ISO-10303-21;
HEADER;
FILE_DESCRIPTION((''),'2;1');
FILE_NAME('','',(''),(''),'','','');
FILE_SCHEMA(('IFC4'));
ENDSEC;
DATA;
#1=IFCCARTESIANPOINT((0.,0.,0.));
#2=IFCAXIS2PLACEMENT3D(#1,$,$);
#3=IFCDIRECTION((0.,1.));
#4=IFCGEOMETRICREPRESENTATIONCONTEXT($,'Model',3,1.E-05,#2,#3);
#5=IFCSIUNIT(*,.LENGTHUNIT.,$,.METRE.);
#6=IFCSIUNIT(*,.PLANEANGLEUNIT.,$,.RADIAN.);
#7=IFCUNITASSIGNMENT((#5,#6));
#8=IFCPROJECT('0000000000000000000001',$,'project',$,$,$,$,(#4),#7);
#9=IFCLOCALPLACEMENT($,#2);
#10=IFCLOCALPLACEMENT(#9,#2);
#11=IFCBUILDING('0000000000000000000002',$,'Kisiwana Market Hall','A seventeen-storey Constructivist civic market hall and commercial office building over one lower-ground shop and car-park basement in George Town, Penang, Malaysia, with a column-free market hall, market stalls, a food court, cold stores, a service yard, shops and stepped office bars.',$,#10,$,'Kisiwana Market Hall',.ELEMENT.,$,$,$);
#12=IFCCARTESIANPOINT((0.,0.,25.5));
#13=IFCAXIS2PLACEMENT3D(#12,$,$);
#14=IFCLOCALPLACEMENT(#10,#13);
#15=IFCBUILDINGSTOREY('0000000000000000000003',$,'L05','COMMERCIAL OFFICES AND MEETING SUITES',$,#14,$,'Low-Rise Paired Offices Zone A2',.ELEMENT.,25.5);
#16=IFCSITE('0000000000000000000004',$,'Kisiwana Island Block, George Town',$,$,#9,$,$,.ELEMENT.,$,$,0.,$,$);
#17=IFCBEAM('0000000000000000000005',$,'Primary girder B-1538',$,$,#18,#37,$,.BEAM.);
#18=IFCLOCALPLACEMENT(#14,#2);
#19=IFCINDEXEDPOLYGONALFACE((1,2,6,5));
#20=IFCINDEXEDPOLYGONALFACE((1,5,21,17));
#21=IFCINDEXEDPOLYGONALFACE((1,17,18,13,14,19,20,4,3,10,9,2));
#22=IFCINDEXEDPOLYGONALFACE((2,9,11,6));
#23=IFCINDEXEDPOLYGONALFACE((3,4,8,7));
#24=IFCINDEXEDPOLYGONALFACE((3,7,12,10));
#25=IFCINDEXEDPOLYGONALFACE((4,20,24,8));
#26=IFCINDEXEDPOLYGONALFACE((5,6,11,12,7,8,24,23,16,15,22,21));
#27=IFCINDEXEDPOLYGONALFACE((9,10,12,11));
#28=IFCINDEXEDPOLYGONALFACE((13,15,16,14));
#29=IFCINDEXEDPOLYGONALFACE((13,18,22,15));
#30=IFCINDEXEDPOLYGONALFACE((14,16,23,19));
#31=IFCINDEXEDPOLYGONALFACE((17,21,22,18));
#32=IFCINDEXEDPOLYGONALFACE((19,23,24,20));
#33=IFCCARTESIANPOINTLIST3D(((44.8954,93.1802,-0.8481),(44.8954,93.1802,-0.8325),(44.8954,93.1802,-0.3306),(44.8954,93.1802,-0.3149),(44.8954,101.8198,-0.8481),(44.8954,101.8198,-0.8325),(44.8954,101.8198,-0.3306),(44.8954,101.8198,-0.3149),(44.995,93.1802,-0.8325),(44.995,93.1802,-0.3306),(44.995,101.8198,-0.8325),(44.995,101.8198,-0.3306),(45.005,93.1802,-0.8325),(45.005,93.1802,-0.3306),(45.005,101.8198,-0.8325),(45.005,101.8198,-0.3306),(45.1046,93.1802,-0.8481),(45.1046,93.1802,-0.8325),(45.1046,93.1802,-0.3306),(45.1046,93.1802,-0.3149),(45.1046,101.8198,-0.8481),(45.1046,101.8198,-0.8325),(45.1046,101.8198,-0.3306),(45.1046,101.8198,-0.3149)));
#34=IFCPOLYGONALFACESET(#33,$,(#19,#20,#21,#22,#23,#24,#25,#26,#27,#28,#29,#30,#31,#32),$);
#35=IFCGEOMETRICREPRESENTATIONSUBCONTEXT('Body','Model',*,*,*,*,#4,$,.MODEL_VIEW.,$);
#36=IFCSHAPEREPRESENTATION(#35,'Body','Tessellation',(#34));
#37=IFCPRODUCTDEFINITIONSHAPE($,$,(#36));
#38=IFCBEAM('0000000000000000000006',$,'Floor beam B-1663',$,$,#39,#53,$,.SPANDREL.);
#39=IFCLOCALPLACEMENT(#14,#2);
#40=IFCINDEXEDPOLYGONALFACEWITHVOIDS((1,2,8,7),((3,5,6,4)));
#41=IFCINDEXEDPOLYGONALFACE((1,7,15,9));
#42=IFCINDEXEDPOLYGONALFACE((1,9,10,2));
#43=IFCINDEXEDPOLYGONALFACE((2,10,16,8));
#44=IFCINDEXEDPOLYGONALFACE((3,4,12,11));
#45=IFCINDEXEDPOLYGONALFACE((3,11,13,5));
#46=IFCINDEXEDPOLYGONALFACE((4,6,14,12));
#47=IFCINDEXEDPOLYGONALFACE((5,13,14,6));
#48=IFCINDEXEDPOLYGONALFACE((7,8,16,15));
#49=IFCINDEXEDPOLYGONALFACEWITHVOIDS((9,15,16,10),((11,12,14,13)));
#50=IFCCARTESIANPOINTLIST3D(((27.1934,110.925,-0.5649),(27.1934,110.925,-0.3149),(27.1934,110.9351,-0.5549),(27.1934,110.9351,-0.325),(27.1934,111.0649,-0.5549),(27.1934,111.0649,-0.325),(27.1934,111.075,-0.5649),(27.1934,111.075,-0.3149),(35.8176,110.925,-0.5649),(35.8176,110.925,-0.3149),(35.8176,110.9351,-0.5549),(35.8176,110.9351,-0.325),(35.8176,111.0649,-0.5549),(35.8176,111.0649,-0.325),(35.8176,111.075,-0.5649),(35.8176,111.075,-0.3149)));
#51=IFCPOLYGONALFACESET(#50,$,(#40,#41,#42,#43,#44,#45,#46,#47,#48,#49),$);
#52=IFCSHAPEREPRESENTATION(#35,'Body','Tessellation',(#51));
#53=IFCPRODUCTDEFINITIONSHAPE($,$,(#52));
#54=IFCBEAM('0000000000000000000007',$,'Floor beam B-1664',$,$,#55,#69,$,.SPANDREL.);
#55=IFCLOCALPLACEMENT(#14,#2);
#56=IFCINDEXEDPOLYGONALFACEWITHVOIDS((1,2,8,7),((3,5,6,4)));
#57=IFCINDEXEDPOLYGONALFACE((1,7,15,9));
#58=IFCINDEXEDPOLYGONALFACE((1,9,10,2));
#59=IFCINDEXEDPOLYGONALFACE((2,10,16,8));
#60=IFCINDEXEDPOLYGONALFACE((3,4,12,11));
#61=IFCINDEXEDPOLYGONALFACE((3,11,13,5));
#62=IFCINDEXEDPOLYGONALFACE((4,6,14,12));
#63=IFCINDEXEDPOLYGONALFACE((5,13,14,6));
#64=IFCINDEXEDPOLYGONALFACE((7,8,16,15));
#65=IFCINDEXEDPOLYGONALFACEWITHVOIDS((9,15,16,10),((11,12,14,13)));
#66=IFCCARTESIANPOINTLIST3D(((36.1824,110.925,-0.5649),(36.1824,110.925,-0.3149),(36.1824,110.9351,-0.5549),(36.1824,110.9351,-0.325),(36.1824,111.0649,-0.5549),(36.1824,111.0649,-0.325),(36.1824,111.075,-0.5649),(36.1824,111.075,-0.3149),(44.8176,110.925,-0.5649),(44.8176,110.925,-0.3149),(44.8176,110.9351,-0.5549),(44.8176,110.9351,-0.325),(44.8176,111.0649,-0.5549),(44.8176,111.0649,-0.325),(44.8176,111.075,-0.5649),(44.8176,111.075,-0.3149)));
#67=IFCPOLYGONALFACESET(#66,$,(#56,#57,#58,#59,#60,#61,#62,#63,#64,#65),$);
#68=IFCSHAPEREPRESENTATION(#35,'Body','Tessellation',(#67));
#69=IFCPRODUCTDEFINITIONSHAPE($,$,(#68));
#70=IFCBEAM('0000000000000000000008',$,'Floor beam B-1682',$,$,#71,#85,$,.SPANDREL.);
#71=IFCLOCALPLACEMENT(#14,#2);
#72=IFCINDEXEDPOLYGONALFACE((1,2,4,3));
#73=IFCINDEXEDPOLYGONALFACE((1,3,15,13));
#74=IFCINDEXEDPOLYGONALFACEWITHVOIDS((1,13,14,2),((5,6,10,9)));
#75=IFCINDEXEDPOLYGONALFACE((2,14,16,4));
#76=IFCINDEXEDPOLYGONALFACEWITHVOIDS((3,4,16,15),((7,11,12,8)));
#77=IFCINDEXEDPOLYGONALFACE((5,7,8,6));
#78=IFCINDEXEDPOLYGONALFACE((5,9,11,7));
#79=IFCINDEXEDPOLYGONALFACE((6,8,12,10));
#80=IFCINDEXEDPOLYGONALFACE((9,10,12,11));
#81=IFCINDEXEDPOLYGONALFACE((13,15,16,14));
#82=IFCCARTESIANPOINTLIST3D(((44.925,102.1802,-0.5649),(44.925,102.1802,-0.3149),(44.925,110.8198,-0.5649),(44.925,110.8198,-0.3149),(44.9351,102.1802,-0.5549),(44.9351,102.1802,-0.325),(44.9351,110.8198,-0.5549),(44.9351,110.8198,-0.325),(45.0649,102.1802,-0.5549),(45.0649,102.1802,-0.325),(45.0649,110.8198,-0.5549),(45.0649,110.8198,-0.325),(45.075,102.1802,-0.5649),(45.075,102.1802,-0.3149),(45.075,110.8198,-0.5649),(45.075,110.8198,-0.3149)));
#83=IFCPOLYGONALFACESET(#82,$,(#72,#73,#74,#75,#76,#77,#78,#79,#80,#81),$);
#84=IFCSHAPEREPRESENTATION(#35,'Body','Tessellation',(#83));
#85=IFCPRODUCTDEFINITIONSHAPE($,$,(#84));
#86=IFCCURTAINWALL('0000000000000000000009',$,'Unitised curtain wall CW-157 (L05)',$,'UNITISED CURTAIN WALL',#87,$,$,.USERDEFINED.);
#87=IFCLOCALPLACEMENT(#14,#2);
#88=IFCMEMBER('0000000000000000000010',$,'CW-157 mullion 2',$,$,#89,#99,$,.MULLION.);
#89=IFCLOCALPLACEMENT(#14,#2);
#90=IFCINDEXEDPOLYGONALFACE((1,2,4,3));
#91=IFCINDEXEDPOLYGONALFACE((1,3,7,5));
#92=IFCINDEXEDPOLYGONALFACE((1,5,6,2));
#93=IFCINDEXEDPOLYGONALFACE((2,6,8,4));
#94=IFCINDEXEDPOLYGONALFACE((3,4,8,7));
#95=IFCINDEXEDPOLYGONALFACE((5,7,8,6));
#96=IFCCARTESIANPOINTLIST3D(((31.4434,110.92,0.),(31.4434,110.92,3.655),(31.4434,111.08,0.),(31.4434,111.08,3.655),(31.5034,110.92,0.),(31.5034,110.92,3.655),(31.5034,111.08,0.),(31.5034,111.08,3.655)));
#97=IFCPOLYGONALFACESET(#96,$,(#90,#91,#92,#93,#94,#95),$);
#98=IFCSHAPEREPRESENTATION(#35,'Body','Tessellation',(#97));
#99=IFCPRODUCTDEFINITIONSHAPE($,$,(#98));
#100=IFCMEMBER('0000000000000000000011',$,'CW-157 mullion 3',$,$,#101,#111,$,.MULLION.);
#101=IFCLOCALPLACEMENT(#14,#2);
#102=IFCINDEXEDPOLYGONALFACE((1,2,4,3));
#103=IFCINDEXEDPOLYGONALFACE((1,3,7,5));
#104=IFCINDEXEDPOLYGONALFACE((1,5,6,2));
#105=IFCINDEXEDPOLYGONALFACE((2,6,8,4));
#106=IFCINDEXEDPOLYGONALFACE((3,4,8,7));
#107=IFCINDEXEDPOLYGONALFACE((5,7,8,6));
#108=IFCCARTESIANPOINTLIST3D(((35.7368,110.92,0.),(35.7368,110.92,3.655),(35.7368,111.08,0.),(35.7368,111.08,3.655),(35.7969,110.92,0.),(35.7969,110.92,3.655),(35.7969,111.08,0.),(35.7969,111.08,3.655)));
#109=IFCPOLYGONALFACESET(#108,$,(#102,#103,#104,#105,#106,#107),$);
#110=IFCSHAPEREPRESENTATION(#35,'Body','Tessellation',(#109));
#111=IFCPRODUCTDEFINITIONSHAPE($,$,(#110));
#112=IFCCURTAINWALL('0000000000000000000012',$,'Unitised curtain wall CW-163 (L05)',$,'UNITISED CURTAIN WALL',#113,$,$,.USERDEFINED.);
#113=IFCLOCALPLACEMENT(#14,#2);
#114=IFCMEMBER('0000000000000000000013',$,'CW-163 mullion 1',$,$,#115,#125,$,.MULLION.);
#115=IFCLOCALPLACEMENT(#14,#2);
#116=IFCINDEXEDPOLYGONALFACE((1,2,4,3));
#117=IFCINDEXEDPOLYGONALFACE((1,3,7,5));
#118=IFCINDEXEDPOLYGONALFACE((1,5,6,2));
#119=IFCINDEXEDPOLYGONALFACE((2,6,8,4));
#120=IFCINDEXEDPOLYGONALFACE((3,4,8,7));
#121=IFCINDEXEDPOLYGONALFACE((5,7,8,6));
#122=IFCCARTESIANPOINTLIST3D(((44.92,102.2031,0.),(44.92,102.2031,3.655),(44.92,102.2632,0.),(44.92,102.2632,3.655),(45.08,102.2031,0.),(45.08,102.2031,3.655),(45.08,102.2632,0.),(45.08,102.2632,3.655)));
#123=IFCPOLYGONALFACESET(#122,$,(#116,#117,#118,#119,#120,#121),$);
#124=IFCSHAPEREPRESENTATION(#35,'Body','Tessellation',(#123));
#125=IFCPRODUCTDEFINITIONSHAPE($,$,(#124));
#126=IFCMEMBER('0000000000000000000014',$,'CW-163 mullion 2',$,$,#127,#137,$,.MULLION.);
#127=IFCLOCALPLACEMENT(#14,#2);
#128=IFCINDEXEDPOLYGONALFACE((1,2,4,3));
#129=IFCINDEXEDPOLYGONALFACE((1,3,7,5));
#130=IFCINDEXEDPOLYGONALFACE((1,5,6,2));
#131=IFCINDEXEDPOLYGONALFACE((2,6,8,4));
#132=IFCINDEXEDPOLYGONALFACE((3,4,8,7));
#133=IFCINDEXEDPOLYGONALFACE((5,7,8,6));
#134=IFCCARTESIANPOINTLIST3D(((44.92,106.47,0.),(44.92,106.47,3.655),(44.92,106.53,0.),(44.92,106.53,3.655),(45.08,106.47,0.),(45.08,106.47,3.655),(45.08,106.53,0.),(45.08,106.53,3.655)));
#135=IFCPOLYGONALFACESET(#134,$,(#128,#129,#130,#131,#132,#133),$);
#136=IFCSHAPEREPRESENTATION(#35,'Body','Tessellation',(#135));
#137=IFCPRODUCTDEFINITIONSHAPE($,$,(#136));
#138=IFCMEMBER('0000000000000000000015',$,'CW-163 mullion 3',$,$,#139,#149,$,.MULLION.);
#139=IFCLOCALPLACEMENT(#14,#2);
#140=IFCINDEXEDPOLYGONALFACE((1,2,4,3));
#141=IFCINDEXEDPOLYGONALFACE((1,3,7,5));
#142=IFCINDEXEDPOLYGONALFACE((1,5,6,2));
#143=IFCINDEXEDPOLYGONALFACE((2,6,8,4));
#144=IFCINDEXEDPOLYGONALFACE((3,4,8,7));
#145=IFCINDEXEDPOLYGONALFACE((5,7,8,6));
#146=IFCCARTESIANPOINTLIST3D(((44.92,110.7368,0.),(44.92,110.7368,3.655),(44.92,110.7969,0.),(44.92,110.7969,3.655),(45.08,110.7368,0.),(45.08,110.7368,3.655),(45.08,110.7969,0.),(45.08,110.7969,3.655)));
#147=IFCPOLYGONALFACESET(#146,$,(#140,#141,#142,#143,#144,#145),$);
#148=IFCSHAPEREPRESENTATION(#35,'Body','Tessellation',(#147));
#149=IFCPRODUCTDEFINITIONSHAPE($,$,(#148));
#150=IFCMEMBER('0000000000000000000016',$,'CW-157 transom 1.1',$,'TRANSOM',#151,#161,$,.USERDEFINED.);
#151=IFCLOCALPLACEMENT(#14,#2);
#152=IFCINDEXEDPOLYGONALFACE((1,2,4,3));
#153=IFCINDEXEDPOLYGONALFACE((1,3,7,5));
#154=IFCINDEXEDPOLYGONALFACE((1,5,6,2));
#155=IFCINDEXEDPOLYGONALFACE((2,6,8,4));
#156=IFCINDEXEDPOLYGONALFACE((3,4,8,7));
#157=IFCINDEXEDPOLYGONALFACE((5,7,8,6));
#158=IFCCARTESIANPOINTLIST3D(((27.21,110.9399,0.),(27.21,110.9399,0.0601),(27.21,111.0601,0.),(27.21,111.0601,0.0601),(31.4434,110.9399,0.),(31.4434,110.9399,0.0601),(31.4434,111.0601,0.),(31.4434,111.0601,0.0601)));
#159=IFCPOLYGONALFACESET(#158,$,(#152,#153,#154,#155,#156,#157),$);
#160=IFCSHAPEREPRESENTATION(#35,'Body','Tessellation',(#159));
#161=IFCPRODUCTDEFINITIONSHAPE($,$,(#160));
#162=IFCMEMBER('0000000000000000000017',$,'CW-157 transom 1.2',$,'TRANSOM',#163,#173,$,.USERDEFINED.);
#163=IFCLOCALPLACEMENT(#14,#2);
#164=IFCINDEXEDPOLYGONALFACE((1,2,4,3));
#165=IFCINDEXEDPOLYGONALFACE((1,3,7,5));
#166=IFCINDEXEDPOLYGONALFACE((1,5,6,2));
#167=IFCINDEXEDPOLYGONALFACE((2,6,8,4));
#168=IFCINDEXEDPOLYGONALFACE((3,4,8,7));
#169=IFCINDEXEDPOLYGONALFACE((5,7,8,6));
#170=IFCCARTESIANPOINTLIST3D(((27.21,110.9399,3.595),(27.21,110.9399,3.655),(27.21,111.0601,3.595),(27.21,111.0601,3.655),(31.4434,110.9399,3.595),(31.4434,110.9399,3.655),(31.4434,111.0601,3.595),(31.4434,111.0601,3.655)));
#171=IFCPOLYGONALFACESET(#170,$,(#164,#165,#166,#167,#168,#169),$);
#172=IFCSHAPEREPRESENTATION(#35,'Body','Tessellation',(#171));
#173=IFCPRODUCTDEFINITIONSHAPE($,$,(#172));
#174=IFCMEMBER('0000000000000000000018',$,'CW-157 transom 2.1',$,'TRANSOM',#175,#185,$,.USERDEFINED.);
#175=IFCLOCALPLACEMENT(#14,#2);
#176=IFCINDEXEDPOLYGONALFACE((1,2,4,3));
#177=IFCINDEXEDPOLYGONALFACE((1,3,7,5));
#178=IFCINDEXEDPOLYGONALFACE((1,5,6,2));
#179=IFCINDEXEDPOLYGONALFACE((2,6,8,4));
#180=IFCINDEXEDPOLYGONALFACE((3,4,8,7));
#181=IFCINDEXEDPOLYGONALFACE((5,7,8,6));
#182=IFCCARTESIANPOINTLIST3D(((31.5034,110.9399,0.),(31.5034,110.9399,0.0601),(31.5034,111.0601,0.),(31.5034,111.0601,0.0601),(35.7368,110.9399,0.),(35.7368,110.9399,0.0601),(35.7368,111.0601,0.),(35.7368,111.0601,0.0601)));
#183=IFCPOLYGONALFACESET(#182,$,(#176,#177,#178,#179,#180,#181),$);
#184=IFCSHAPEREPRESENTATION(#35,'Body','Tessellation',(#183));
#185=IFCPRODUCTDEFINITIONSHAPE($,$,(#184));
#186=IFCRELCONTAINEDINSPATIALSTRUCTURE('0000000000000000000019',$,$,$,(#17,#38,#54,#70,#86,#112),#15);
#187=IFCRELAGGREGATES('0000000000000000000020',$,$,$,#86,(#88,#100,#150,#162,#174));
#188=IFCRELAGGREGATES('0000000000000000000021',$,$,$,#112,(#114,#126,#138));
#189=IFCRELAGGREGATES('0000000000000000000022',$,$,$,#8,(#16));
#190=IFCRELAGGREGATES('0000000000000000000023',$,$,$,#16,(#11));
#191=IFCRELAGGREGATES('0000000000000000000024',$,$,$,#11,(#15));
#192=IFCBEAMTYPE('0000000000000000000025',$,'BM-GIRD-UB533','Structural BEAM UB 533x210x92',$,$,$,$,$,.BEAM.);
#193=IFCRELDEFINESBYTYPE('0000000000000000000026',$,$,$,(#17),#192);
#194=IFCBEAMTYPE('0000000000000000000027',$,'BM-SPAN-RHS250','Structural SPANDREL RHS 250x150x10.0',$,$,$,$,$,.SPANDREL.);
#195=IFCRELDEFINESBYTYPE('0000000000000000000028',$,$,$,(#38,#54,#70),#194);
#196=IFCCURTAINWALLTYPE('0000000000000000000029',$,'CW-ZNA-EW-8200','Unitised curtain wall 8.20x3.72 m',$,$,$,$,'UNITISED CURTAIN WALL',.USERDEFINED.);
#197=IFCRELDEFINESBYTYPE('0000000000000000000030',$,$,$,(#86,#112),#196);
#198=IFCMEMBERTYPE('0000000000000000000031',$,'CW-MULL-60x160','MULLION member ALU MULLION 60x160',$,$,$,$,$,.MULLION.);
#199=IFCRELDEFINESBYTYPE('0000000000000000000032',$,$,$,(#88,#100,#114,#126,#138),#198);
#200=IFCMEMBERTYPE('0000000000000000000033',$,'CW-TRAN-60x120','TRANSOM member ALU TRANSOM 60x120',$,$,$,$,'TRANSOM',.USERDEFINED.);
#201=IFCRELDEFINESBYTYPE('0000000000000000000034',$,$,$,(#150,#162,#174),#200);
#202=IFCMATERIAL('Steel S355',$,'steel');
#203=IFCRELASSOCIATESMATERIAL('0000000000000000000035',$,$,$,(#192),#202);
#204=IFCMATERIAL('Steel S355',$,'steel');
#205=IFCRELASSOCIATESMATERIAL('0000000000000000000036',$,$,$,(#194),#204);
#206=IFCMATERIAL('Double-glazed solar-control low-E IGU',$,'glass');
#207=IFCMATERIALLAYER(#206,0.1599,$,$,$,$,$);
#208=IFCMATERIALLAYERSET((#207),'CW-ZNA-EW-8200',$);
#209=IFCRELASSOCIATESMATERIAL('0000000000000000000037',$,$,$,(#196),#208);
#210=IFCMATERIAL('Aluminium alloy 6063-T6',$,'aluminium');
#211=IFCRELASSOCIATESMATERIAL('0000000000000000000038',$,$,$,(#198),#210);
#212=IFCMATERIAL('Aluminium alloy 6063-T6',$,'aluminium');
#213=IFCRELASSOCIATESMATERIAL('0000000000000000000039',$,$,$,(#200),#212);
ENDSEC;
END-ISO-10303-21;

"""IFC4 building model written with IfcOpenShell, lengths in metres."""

from ifc_helpers import new_model, si_unit, direction, frame, origin, origin_2d, place, context, subcontext, project, spatial, rectangle, hollow_rectangle, i_section, extrude, material, layer, layer_set, material_profile, profile_set, type_object, element, aggregate, save


model = new_model("IFC4")

# Units and contexts
model_context = context("Model", 3, precision=1e-05, world=origin(), true_north=direction((0.0, 1.0)))
body_context = subcontext(model_context, "Body", "Model", "MODEL_VIEW")
ifc_project = project(units=[si_unit("LENGTHUNIT", "METRE"), si_unit("PLANEANGLEUNIT", "RADIAN")], contexts=[model_context])

# Site, building, storey
site_placement = place(None, origin())
site = spatial("IfcSite", under=ifc_project, at=site_placement, Name="Kisiwana Island Block, George Town", CompositionType="ELEMENT", RefElevation=0.0)
building_placement = place(site_placement, origin())
building = spatial("IfcBuilding", under=site, at=building_placement, Name="Kisiwana Market Hall", Description="A seventeen-storey Constructivist civic market hall and commercial office building over one lower-ground shop and car-park basement in George Town, Penang, Malaysia, with a column-free market hall, market stalls, a food court, cold stores, a service yard, shops and stepped office bars.", LongName="Kisiwana Market Hall", CompositionType="ELEMENT")
storey_placement = place(building_placement, frame((0.0, 0.0, 25.5)))
storey = spatial("IfcBuildingStorey", under=building, at=storey_placement, Name="L05", Description="COMMERCIAL OFFICES AND MEETING SUITES", LongName="Low-Rise Paired Offices Zone A2", CompositionType="ELEMENT", Elevation=25.5)

# Beams
ifc_material_1 = material(Name="Steel S355", Category="steel")
ifc_material_profile_1 = material_profile(ifc_material_1, i_section(OverallWidth=0.2092, OverallDepth=0.5332, WebThickness=0.01, FlangeThickness=0.0156, at=origin_2d()), Name="UB 533x210x92")
ifc_profile_set_1 = profile_set([ifc_material_profile_1], Name="Steel S355")
beam_type_1 = type_object("IfcBeamType", Name="BM-GIRD-UB533", Description="Structural BEAM UB 533x210x92", PredefinedType="BEAM", material=ifc_profile_set_1)
for number, where, z_axis, x_axis, name in (
    (1, (45.0, 93.1802, -0.5815), (0.0, 1.0, 0.0), (-1.0, 0.0, 0.0), "Primary girder B-1538"),
):
    element("IfcBeam", number, at=place(storey_placement, frame(where, z_axis=z_axis, x_axis=x_axis)), inside=storey, type_object=beam_type_1, Name=name, PredefinedType="BEAM", context=body_context, shape_type="SweptSolid", body=[
        extrude(i_section(OverallWidth=0.2092, OverallDepth=0.5332, WebThickness=0.01, FlangeThickness=0.0156, at=origin_2d()), origin(), (0.0, 0.0, 1.0), 8.6396),
    ])
ifc_material_2 = material(Name="Steel S355", Category="steel")
ifc_material_profile_2 = material_profile(ifc_material_2, hollow_rectangle(XDim=0.1499, YDim=0.25, WallThickness=0.01, at=origin_2d()), Name="RHS 250x150x10.0")
ifc_profile_set_2 = profile_set([ifc_material_profile_2], Name="Steel S355")
beam_type_2 = type_object("IfcBeamType", Name="BM-SPAN-RHS250", Description="Structural SPANDREL RHS 250x150x10.0", PredefinedType="SPANDREL", material=ifc_profile_set_2)
beam_1_placement = place(storey_placement, frame((27.1934, 111.0, -0.4399), z_axis=(1.0, 0.0, 0.0), x_axis=(0.0, 1.0, 0.0)))
element("IfcBeam", 2, at=beam_1_placement, inside=storey, type_object=beam_type_2, Name="Floor beam B-1663", PredefinedType="SPANDREL", context=body_context, shape_type="SweptSolid", body=[
    extrude(hollow_rectangle(XDim=0.1499, YDim=0.25, WallThickness=0.01, at=origin_2d()), origin(), (0.0, 0.0, 1.0), 8.6243),
])
beam_2_placement = place(storey_placement, frame((36.1824, 111.0, -0.4399), z_axis=(1.0, 0.0, 0.0), x_axis=(0.0, 1.0, 0.0)))
element("IfcBeam", 3, at=beam_2_placement, inside=storey, type_object=beam_type_2, Name="Floor beam B-1664", PredefinedType="SPANDREL", context=body_context, shape_type="SweptSolid", body=[
    extrude(hollow_rectangle(XDim=0.1499, YDim=0.25, WallThickness=0.01, at=origin_2d()), origin(), (0.0, 0.0, 1.0), 8.6353),
])
beam_3_placement = place(storey_placement, frame((45.0, 102.1802, -0.4399), z_axis=(0.0, 1.0, 0.0), x_axis=(-1.0, 0.0, 0.0)))
element("IfcBeam", 4, at=beam_3_placement, inside=storey, type_object=beam_type_2, Name="Floor beam B-1682", PredefinedType="SPANDREL", context=body_context, shape_type="SweptSolid", body=[
    extrude(hollow_rectangle(XDim=0.1499, YDim=0.25, WallThickness=0.01, at=origin_2d()), origin(), (0.0, 0.0, 1.0), 8.6396),
])

# Curtain walls, members
ifc_material_3 = material(Name="Double-glazed solar-control low-E IGU", Category="glass")
ifc_layer_1 = layer(ifc_material_3, 0.1599)
ifc_layer_set_1 = layer_set([ifc_layer_1], Name="CW-ZNA-EW-8200")
curtain_wall_type = type_object("IfcCurtainWallType", Name="CW-ZNA-EW-8200", Description="Unitised curtain wall 8.20x3.72 m", ElementType="UNITISED CURTAIN WALL", PredefinedType="USERDEFINED", material=ifc_layer_set_1)
curtain_wall_1_placement = place(storey_placement, origin())
curtain_wall_1 = element("IfcCurtainWall", 5, at=curtain_wall_1_placement, inside=storey, type_object=curtain_wall_type, Name="Unitised curtain wall CW-157 (L05)", ObjectType="UNITISED CURTAIN WALL", PredefinedType="USERDEFINED")
ifc_material_4 = material(Name="Aluminium alloy 6063-T6", Category="aluminium")
ifc_material_profile_3 = material_profile(ifc_material_4, rectangle(XDim=0.0601, YDim=0.1599, at=origin_2d()), Name="ALU MULLION 60x160")
ifc_profile_set_3 = profile_set([ifc_material_profile_3], Name="Aluminium alloy 6063-T6")
member_type_1 = type_object("IfcMemberType", Name="CW-MULL-60x160", Description="MULLION member ALU MULLION 60x160", PredefinedType="MULLION", material=ifc_profile_set_3)
member_1_placement = place(storey_placement, frame((31.4734, 111.0, 0.0), z_axis=(0.0, 0.0, 1.0), x_axis=(1.0, 0.0, 0.0)))
member_1 = element("IfcMember", 6, at=member_1_placement, type_object=member_type_1, Name="CW-157 mullion 2", PredefinedType="MULLION", context=body_context, shape_type="SweptSolid", body=[
    extrude(rectangle(XDim=0.0601, YDim=0.1599, at=origin_2d()), origin(), (0.0, 0.0, 1.0), 3.655),
])
member_2_placement = place(storey_placement, frame((35.7668, 111.0, 0.0), z_axis=(0.0, 0.0, 1.0), x_axis=(1.0, 0.0, 0.0)))
member_2 = element("IfcMember", 7, at=member_2_placement, type_object=member_type_1, Name="CW-157 mullion 3", PredefinedType="MULLION", context=body_context, shape_type="SweptSolid", body=[
    extrude(rectangle(XDim=0.0601, YDim=0.1599, at=origin_2d()), origin(), (0.0, 0.0, 1.0), 3.655),
])
curtain_wall_2_placement = place(storey_placement, origin())
curtain_wall_2 = element("IfcCurtainWall", 8, at=curtain_wall_2_placement, inside=storey, type_object=curtain_wall_type, Name="Unitised curtain wall CW-163 (L05)", ObjectType="UNITISED CURTAIN WALL", PredefinedType="USERDEFINED")
member_3_placement = place(storey_placement, frame((45.0, 102.2332, 0.0), z_axis=(0.0, 0.0, 1.0), x_axis=(0.0, 1.0, 0.0)))
member_3 = element("IfcMember", 9, at=member_3_placement, type_object=member_type_1, Name="CW-163 mullion 1", PredefinedType="MULLION", context=body_context, shape_type="SweptSolid", body=[
    extrude(rectangle(XDim=0.0601, YDim=0.1599, at=origin_2d()), origin(), (0.0, 0.0, 1.0), 3.655),
])
member_4_placement = place(storey_placement, frame((45.0, 106.5, 0.0), z_axis=(0.0, 0.0, 1.0), x_axis=(0.0, 1.0, 0.0)))
member_4 = element("IfcMember", 10, at=member_4_placement, type_object=member_type_1, Name="CW-163 mullion 2", PredefinedType="MULLION", context=body_context, shape_type="SweptSolid", body=[
    extrude(rectangle(XDim=0.0601, YDim=0.1599, at=origin_2d()), origin(), (0.0, 0.0, 1.0), 3.655),
])
member_5_placement = place(storey_placement, frame((45.0, 110.7668, 0.0), z_axis=(0.0, 0.0, 1.0), x_axis=(0.0, 1.0, 0.0)))
member_5 = element("IfcMember", 11, at=member_5_placement, type_object=member_type_1, Name="CW-163 mullion 3", PredefinedType="MULLION", context=body_context, shape_type="SweptSolid", body=[
    extrude(rectangle(XDim=0.0601, YDim=0.1599, at=origin_2d()), origin(), (0.0, 0.0, 1.0), 3.655),
])

# Members
ifc_material_5 = material(Name="Aluminium alloy 6063-T6", Category="aluminium")
ifc_material_profile_4 = material_profile(ifc_material_5, rectangle(XDim=0.1201, YDim=0.0601, at=origin_2d()), Name="ALU TRANSOM 60x120")
ifc_profile_set_4 = profile_set([ifc_material_profile_4], Name="Aluminium alloy 6063-T6")
member_type_2 = type_object("IfcMemberType", Name="CW-TRAN-60x120", Description="TRANSOM member ALU TRANSOM 60x120", ElementType="TRANSOM", PredefinedType="USERDEFINED", material=ifc_profile_set_4)
member_6_placement = place(storey_placement, frame((27.21, 111.0, 0.03), z_axis=(1.0, 0.0, 0.0), x_axis=(0.0, 1.0, 0.0)))
member_6 = element("IfcMember", 12, at=member_6_placement, type_object=member_type_2, Name="CW-157 transom 1.1", ObjectType="TRANSOM", PredefinedType="USERDEFINED", context=body_context, shape_type="SweptSolid", body=[
    extrude(rectangle(XDim=0.1201, YDim=0.0601, at=origin_2d()), origin(), (0.0, 0.0, 1.0), 4.2334),
])
member_7_placement = place(storey_placement, frame((27.21, 111.0, 3.625), z_axis=(1.0, 0.0, 0.0), x_axis=(0.0, 1.0, 0.0)))
member_7 = element("IfcMember", 13, at=member_7_placement, type_object=member_type_2, Name="CW-157 transom 1.2", ObjectType="TRANSOM", PredefinedType="USERDEFINED", context=body_context, shape_type="SweptSolid", body=[
    extrude(rectangle(XDim=0.1201, YDim=0.0601, at=origin_2d()), origin(), (0.0, 0.0, 1.0), 4.2334),
])
member_8_placement = place(storey_placement, frame((31.5034, 111.0, 0.03), z_axis=(1.0, 0.0, 0.0), x_axis=(0.0, 1.0, 0.0)))
member_8 = element("IfcMember", 14, at=member_8_placement, type_object=member_type_2, Name="CW-157 transom 2.1", ObjectType="TRANSOM", PredefinedType="USERDEFINED", context=body_context, shape_type="SweptSolid", body=[
    extrude(rectangle(XDim=0.1201, YDim=0.0601, at=origin_2d()), origin(), (0.0, 0.0, 1.0), 4.2334),
])

aggregate(curtain_wall_1, [member_1, member_2, member_6, member_7, member_8])
aggregate(curtain_wall_2, [member_3, member_4, member_5])

save(model, "model.ifc")
